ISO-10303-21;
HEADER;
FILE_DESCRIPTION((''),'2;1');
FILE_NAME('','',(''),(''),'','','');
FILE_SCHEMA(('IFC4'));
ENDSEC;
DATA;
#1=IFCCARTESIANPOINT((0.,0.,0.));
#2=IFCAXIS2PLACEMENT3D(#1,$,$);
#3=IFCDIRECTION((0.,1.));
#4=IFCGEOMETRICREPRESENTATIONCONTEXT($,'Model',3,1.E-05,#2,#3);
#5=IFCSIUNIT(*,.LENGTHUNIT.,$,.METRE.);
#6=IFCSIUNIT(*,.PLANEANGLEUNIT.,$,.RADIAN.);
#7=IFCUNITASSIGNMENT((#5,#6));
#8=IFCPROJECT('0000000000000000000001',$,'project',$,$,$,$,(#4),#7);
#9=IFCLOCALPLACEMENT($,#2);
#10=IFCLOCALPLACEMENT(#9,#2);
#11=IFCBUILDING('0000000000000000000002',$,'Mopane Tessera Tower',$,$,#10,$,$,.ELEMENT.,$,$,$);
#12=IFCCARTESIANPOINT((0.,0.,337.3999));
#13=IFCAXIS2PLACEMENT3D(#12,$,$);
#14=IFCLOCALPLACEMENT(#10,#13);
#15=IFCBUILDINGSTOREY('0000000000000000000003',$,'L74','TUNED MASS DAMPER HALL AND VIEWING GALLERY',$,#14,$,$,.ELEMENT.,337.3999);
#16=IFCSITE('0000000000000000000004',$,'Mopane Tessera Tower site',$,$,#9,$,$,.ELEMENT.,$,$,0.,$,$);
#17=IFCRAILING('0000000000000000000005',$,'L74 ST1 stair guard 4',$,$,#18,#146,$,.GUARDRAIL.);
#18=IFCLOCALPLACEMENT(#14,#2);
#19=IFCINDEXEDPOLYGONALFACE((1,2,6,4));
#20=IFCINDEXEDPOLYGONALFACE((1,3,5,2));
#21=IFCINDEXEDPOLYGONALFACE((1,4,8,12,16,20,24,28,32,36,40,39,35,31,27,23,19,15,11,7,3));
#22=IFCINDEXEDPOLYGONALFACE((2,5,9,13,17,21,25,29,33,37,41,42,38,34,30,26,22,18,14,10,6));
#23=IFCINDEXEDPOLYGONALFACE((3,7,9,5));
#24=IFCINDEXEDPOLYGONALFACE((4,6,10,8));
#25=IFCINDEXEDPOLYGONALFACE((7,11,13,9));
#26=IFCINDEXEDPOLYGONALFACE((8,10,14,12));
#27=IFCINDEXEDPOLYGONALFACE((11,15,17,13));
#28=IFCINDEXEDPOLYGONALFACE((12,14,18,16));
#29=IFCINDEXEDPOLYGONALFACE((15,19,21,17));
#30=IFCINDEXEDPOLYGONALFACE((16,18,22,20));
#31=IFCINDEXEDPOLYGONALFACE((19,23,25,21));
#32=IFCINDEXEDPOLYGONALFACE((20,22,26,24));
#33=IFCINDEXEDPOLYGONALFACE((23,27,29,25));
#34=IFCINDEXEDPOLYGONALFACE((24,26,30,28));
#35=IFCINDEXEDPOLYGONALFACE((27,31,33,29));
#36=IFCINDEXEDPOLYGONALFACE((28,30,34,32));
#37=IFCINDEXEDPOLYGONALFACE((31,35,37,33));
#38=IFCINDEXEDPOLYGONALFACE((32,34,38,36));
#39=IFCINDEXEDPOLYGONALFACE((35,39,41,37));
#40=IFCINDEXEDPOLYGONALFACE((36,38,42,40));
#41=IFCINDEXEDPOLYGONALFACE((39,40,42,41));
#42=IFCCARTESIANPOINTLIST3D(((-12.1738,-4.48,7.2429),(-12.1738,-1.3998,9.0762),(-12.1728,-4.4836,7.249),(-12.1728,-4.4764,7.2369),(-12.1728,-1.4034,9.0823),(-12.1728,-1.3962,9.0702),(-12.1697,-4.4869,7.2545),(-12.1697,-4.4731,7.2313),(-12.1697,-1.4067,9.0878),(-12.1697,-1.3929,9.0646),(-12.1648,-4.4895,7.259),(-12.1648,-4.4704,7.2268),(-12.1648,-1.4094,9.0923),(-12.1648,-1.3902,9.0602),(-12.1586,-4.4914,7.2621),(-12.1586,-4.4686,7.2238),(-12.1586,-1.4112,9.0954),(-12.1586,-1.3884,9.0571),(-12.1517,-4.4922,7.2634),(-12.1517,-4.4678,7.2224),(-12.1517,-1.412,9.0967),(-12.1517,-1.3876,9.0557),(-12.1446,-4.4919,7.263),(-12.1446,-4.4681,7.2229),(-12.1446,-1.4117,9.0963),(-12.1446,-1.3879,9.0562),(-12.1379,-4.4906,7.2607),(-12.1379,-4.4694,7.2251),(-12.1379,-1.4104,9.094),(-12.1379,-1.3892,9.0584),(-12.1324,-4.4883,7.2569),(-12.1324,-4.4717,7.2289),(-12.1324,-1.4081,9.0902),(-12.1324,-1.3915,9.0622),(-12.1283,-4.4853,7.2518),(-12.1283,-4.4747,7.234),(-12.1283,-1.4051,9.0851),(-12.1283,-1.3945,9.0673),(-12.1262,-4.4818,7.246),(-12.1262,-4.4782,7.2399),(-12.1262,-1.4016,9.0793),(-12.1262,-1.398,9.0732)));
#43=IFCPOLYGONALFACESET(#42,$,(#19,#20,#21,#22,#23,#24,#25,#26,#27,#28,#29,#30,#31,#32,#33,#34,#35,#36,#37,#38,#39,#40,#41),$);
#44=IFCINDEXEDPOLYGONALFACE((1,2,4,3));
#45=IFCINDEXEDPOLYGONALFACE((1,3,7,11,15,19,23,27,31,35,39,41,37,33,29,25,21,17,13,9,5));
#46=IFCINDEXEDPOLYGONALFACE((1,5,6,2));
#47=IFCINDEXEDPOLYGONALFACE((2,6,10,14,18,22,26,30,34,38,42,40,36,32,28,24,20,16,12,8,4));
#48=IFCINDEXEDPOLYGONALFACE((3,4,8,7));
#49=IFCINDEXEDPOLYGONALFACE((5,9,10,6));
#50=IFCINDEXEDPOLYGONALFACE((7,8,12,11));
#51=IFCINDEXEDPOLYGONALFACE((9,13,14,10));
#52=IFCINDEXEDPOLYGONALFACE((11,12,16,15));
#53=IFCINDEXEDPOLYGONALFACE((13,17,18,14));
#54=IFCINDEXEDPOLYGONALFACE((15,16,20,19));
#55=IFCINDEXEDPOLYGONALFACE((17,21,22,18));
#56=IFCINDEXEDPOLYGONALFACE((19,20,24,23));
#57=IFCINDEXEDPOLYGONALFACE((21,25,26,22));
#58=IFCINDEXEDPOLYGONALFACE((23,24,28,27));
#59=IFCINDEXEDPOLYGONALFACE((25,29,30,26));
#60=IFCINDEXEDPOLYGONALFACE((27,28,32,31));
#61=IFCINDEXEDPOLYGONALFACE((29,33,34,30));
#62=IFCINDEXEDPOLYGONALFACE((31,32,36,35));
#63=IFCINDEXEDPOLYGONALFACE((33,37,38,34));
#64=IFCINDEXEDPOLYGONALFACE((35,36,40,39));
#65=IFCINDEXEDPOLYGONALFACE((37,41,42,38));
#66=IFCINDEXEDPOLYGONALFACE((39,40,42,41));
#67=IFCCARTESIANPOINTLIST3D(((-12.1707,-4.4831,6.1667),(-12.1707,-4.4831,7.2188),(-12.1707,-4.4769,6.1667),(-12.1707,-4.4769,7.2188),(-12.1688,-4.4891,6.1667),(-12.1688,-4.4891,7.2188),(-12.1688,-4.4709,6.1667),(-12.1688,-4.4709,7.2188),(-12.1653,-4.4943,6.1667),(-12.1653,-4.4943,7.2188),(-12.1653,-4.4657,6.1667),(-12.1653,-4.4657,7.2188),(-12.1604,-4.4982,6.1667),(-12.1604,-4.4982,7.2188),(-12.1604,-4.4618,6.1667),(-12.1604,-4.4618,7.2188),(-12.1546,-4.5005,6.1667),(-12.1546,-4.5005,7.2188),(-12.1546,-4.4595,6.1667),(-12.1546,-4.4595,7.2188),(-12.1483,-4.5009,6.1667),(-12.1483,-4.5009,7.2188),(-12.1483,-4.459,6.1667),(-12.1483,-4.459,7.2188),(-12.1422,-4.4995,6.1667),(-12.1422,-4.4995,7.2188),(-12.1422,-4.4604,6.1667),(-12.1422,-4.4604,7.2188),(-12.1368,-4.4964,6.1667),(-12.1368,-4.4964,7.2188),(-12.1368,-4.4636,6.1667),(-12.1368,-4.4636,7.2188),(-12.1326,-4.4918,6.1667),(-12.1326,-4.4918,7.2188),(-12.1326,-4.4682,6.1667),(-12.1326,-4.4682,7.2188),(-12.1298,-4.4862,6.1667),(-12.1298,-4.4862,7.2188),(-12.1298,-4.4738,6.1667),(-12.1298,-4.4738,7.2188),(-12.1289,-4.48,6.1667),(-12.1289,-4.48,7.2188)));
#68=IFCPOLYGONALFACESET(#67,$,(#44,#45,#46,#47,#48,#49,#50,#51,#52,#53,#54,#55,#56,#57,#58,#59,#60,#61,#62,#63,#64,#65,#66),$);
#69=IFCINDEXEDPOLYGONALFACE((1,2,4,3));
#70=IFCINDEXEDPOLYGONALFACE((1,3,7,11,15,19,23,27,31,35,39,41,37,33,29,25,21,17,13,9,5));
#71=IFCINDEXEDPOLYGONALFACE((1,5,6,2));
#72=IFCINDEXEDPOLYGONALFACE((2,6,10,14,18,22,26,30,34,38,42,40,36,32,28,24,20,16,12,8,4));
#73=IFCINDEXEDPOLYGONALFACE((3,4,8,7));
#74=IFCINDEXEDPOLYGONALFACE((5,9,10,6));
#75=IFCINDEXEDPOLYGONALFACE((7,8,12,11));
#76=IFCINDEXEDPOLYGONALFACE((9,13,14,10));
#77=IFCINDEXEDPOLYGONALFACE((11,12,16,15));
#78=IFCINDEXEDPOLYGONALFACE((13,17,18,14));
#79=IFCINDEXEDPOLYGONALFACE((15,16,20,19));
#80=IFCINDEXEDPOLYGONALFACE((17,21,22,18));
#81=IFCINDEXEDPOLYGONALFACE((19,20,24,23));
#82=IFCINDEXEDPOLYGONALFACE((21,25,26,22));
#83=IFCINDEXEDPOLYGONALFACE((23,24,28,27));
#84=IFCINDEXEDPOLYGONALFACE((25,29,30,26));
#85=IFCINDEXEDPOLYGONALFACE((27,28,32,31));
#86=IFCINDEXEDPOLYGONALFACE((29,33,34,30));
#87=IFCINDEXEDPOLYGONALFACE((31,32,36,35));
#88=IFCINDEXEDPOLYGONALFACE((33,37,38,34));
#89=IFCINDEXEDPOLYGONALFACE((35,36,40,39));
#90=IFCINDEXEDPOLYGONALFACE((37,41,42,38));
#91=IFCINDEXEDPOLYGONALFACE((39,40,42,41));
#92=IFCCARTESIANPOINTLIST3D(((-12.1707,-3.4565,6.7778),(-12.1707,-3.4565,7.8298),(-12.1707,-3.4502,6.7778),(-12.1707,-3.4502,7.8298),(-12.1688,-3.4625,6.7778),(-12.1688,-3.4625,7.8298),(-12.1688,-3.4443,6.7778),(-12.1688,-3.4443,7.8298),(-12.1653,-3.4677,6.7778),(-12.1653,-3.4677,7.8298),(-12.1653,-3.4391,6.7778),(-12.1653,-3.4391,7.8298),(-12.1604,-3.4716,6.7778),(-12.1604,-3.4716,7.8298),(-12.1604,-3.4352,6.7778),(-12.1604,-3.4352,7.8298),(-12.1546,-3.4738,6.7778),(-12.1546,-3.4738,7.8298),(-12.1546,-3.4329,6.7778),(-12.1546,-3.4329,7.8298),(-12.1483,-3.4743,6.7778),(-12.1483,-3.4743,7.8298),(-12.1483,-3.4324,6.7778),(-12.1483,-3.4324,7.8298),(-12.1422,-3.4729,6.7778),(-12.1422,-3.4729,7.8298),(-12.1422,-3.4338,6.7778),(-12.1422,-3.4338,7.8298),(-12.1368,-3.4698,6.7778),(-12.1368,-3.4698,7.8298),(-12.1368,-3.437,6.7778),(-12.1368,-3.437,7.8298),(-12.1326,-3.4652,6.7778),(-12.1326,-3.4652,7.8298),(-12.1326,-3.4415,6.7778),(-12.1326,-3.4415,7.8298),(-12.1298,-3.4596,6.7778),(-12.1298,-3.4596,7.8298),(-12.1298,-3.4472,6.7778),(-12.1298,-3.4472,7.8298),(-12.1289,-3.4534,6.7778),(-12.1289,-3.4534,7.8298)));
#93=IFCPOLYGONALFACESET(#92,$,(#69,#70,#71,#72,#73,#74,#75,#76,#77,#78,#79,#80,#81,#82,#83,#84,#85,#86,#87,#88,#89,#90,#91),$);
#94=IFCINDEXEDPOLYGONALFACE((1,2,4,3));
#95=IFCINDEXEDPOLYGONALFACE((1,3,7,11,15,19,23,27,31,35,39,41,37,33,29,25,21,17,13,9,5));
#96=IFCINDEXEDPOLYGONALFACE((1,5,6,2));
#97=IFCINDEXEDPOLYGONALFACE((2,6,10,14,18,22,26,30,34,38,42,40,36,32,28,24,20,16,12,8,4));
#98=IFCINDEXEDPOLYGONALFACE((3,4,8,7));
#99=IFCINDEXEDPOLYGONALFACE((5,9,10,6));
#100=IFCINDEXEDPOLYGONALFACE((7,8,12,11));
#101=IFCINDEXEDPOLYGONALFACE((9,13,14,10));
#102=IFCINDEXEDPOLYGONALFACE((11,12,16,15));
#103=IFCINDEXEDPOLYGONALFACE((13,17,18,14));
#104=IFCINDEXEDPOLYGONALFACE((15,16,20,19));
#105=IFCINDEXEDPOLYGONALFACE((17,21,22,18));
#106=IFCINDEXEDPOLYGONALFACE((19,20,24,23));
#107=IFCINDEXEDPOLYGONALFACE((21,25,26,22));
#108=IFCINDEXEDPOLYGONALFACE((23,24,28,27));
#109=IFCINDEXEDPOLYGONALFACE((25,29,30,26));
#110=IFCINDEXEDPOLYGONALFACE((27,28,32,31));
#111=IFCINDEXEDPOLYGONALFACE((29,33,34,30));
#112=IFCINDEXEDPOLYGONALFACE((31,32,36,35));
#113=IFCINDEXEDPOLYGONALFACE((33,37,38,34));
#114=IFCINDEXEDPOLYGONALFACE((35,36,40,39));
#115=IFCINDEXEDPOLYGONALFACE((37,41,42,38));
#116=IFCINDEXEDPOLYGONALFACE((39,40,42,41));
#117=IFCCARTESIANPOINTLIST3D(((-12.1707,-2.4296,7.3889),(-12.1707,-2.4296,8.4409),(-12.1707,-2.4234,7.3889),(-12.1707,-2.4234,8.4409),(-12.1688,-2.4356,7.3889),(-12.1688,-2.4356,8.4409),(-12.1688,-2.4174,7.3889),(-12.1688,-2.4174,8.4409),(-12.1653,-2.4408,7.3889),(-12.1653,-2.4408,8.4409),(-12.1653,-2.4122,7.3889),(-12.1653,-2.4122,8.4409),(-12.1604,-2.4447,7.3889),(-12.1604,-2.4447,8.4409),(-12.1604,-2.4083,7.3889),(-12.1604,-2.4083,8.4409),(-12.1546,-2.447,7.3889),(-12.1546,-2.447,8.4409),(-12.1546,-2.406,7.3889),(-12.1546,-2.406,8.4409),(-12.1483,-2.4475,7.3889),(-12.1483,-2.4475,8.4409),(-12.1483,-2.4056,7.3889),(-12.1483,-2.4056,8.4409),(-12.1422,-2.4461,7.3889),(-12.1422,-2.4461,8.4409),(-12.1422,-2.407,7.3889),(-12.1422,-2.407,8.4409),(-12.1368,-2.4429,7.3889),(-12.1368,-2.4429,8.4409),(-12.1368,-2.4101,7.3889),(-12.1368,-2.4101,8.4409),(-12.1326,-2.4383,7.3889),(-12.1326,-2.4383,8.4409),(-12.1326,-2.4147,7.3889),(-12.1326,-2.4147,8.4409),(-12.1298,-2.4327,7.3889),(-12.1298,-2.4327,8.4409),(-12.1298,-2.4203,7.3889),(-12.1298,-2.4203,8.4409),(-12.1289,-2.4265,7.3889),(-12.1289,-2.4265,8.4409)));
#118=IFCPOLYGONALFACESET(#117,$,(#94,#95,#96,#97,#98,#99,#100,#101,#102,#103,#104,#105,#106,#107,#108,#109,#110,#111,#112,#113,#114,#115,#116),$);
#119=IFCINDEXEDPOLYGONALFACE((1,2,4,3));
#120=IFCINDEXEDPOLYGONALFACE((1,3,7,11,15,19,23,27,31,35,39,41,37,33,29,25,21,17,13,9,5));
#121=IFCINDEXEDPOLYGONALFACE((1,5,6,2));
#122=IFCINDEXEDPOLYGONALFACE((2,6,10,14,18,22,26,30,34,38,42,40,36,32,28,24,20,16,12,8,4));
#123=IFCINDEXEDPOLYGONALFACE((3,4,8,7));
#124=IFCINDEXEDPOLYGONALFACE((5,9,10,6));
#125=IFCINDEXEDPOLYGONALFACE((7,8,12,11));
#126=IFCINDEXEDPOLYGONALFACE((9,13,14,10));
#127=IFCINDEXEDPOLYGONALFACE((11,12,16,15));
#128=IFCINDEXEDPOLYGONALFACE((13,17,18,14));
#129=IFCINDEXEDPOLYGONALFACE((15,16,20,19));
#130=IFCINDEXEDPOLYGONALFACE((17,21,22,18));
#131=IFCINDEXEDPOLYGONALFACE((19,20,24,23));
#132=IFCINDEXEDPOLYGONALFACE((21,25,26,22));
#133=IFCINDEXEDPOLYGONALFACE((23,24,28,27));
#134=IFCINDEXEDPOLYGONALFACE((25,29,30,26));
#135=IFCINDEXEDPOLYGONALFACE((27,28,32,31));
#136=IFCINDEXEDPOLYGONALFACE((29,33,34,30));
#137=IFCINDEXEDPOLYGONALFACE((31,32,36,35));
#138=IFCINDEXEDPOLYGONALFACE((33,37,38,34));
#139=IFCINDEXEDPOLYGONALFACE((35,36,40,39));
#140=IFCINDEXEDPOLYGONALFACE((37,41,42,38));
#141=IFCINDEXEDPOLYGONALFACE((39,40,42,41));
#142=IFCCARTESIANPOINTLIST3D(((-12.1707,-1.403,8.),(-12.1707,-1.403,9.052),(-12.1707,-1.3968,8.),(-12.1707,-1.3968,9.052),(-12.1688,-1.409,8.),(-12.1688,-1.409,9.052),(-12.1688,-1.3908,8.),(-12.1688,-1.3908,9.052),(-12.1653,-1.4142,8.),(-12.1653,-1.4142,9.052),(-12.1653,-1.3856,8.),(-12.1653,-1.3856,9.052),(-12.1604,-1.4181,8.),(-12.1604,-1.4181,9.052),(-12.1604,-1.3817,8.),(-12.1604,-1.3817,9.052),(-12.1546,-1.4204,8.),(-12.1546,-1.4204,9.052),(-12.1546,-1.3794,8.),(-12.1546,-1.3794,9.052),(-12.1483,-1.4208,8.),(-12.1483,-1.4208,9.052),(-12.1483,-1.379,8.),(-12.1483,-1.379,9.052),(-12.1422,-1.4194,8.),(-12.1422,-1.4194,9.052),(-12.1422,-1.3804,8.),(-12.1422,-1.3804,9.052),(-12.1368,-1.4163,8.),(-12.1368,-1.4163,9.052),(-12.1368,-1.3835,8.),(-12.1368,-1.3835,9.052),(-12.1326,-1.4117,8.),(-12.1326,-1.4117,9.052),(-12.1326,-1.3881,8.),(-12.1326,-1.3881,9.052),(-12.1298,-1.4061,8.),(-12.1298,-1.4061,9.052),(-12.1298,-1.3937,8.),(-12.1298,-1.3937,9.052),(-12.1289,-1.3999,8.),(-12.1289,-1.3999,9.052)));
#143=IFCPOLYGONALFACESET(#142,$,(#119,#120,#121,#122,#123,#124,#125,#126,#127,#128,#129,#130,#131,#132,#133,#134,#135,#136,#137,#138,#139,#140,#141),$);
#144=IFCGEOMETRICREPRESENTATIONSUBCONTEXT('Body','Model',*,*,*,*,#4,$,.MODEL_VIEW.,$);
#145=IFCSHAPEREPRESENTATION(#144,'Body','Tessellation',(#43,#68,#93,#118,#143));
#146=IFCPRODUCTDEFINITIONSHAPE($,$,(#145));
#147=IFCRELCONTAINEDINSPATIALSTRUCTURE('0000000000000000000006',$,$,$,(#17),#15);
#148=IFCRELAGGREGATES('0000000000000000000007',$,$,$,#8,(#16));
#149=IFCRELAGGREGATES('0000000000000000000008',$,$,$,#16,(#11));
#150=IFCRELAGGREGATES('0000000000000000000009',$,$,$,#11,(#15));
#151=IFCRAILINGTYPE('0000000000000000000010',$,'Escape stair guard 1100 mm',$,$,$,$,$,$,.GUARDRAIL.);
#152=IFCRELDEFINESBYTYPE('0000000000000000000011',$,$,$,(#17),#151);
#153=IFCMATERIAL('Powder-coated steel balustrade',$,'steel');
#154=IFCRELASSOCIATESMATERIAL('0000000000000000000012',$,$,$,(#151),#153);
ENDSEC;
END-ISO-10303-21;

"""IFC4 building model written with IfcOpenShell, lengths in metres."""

from ifc_helpers import new_model, si_unit, direction, frame, origin, origin_2d, place, context, subcontext, project, spatial, circle, extrude, material, type_object, element, save


model = new_model("IFC4")

# Units and contexts
model_context = context("Model", 3, precision=1e-05, world=origin(), true_north=direction((0.0, 1.0)))
body_context = subcontext(model_context, "Body", "Model", "MODEL_VIEW")
ifc_project = project(units=[si_unit("LENGTHUNIT", "METRE"), si_unit("PLANEANGLEUNIT", "RADIAN")], contexts=[model_context])

# Site, building, storey
site_placement = place(None, origin())
site = spatial("IfcSite", under=ifc_project, at=site_placement, Name="Mopane Tessera Tower site", CompositionType="ELEMENT", RefElevation=0.0)
building_placement = place(site_placement, origin())
building = spatial("IfcBuilding", under=site, at=building_placement, Name="Mopane Tessera Tower", CompositionType="ELEMENT")
storey_placement = place(building_placement, frame((0.0, 0.0, 337.3999)))
storey = spatial("IfcBuildingStorey", under=building, at=storey_placement, Name="L74", Description="TUNED MASS DAMPER HALL AND VIEWING GALLERY", CompositionType="ELEMENT", Elevation=337.3999)

# Railing
ifc_material_1 = material(Name="Powder-coated steel balustrade", Category="steel")
railing_type_1 = type_object("IfcRailingType", Name="Escape stair guard 1100 mm", PredefinedType="GUARDRAIL", material=ifc_material_1)
railing_1_placement = place(storey_placement, frame((-12.1499, -4.48, 6.1667)))
element("IfcRailing", 1, at=railing_1_placement, inside=storey, type_object=railing_type_1, Name="L74 ST1 stair guard 4", PredefinedType="GUARDRAIL", context=body_context, shape_type="SweptSolid", body=[
    extrude(circle(Radius=0.0239, at=origin_2d()), frame((0.0, 0.0, 1.0762), z_axis=(0.0, 0.859309, 0.511458), x_axis=(-1.0, 0.0, 0.0)), (0.0, 0.0, 1.0), 3.5845),
    extrude(circle(Radius=0.021, at=origin_2d()), origin(), (0.0, 0.0, 1.0), 1.052),
    extrude(circle(Radius=0.021, at=origin_2d()), frame((0.0, 1.0266, 0.6111)), (0.0, 0.0, 1.0), 1.052),
    extrude(circle(Radius=0.021, at=origin_2d()), frame((0.0, 2.0535, 1.2222)), (0.0, 0.0, 1.0), 1.052),
    extrude(circle(Radius=0.021, at=origin_2d()), frame((0.0, 3.0801, 1.8333)), (0.0, 0.0, 1.0), 1.052),
])

save(model, "model.ifc")
